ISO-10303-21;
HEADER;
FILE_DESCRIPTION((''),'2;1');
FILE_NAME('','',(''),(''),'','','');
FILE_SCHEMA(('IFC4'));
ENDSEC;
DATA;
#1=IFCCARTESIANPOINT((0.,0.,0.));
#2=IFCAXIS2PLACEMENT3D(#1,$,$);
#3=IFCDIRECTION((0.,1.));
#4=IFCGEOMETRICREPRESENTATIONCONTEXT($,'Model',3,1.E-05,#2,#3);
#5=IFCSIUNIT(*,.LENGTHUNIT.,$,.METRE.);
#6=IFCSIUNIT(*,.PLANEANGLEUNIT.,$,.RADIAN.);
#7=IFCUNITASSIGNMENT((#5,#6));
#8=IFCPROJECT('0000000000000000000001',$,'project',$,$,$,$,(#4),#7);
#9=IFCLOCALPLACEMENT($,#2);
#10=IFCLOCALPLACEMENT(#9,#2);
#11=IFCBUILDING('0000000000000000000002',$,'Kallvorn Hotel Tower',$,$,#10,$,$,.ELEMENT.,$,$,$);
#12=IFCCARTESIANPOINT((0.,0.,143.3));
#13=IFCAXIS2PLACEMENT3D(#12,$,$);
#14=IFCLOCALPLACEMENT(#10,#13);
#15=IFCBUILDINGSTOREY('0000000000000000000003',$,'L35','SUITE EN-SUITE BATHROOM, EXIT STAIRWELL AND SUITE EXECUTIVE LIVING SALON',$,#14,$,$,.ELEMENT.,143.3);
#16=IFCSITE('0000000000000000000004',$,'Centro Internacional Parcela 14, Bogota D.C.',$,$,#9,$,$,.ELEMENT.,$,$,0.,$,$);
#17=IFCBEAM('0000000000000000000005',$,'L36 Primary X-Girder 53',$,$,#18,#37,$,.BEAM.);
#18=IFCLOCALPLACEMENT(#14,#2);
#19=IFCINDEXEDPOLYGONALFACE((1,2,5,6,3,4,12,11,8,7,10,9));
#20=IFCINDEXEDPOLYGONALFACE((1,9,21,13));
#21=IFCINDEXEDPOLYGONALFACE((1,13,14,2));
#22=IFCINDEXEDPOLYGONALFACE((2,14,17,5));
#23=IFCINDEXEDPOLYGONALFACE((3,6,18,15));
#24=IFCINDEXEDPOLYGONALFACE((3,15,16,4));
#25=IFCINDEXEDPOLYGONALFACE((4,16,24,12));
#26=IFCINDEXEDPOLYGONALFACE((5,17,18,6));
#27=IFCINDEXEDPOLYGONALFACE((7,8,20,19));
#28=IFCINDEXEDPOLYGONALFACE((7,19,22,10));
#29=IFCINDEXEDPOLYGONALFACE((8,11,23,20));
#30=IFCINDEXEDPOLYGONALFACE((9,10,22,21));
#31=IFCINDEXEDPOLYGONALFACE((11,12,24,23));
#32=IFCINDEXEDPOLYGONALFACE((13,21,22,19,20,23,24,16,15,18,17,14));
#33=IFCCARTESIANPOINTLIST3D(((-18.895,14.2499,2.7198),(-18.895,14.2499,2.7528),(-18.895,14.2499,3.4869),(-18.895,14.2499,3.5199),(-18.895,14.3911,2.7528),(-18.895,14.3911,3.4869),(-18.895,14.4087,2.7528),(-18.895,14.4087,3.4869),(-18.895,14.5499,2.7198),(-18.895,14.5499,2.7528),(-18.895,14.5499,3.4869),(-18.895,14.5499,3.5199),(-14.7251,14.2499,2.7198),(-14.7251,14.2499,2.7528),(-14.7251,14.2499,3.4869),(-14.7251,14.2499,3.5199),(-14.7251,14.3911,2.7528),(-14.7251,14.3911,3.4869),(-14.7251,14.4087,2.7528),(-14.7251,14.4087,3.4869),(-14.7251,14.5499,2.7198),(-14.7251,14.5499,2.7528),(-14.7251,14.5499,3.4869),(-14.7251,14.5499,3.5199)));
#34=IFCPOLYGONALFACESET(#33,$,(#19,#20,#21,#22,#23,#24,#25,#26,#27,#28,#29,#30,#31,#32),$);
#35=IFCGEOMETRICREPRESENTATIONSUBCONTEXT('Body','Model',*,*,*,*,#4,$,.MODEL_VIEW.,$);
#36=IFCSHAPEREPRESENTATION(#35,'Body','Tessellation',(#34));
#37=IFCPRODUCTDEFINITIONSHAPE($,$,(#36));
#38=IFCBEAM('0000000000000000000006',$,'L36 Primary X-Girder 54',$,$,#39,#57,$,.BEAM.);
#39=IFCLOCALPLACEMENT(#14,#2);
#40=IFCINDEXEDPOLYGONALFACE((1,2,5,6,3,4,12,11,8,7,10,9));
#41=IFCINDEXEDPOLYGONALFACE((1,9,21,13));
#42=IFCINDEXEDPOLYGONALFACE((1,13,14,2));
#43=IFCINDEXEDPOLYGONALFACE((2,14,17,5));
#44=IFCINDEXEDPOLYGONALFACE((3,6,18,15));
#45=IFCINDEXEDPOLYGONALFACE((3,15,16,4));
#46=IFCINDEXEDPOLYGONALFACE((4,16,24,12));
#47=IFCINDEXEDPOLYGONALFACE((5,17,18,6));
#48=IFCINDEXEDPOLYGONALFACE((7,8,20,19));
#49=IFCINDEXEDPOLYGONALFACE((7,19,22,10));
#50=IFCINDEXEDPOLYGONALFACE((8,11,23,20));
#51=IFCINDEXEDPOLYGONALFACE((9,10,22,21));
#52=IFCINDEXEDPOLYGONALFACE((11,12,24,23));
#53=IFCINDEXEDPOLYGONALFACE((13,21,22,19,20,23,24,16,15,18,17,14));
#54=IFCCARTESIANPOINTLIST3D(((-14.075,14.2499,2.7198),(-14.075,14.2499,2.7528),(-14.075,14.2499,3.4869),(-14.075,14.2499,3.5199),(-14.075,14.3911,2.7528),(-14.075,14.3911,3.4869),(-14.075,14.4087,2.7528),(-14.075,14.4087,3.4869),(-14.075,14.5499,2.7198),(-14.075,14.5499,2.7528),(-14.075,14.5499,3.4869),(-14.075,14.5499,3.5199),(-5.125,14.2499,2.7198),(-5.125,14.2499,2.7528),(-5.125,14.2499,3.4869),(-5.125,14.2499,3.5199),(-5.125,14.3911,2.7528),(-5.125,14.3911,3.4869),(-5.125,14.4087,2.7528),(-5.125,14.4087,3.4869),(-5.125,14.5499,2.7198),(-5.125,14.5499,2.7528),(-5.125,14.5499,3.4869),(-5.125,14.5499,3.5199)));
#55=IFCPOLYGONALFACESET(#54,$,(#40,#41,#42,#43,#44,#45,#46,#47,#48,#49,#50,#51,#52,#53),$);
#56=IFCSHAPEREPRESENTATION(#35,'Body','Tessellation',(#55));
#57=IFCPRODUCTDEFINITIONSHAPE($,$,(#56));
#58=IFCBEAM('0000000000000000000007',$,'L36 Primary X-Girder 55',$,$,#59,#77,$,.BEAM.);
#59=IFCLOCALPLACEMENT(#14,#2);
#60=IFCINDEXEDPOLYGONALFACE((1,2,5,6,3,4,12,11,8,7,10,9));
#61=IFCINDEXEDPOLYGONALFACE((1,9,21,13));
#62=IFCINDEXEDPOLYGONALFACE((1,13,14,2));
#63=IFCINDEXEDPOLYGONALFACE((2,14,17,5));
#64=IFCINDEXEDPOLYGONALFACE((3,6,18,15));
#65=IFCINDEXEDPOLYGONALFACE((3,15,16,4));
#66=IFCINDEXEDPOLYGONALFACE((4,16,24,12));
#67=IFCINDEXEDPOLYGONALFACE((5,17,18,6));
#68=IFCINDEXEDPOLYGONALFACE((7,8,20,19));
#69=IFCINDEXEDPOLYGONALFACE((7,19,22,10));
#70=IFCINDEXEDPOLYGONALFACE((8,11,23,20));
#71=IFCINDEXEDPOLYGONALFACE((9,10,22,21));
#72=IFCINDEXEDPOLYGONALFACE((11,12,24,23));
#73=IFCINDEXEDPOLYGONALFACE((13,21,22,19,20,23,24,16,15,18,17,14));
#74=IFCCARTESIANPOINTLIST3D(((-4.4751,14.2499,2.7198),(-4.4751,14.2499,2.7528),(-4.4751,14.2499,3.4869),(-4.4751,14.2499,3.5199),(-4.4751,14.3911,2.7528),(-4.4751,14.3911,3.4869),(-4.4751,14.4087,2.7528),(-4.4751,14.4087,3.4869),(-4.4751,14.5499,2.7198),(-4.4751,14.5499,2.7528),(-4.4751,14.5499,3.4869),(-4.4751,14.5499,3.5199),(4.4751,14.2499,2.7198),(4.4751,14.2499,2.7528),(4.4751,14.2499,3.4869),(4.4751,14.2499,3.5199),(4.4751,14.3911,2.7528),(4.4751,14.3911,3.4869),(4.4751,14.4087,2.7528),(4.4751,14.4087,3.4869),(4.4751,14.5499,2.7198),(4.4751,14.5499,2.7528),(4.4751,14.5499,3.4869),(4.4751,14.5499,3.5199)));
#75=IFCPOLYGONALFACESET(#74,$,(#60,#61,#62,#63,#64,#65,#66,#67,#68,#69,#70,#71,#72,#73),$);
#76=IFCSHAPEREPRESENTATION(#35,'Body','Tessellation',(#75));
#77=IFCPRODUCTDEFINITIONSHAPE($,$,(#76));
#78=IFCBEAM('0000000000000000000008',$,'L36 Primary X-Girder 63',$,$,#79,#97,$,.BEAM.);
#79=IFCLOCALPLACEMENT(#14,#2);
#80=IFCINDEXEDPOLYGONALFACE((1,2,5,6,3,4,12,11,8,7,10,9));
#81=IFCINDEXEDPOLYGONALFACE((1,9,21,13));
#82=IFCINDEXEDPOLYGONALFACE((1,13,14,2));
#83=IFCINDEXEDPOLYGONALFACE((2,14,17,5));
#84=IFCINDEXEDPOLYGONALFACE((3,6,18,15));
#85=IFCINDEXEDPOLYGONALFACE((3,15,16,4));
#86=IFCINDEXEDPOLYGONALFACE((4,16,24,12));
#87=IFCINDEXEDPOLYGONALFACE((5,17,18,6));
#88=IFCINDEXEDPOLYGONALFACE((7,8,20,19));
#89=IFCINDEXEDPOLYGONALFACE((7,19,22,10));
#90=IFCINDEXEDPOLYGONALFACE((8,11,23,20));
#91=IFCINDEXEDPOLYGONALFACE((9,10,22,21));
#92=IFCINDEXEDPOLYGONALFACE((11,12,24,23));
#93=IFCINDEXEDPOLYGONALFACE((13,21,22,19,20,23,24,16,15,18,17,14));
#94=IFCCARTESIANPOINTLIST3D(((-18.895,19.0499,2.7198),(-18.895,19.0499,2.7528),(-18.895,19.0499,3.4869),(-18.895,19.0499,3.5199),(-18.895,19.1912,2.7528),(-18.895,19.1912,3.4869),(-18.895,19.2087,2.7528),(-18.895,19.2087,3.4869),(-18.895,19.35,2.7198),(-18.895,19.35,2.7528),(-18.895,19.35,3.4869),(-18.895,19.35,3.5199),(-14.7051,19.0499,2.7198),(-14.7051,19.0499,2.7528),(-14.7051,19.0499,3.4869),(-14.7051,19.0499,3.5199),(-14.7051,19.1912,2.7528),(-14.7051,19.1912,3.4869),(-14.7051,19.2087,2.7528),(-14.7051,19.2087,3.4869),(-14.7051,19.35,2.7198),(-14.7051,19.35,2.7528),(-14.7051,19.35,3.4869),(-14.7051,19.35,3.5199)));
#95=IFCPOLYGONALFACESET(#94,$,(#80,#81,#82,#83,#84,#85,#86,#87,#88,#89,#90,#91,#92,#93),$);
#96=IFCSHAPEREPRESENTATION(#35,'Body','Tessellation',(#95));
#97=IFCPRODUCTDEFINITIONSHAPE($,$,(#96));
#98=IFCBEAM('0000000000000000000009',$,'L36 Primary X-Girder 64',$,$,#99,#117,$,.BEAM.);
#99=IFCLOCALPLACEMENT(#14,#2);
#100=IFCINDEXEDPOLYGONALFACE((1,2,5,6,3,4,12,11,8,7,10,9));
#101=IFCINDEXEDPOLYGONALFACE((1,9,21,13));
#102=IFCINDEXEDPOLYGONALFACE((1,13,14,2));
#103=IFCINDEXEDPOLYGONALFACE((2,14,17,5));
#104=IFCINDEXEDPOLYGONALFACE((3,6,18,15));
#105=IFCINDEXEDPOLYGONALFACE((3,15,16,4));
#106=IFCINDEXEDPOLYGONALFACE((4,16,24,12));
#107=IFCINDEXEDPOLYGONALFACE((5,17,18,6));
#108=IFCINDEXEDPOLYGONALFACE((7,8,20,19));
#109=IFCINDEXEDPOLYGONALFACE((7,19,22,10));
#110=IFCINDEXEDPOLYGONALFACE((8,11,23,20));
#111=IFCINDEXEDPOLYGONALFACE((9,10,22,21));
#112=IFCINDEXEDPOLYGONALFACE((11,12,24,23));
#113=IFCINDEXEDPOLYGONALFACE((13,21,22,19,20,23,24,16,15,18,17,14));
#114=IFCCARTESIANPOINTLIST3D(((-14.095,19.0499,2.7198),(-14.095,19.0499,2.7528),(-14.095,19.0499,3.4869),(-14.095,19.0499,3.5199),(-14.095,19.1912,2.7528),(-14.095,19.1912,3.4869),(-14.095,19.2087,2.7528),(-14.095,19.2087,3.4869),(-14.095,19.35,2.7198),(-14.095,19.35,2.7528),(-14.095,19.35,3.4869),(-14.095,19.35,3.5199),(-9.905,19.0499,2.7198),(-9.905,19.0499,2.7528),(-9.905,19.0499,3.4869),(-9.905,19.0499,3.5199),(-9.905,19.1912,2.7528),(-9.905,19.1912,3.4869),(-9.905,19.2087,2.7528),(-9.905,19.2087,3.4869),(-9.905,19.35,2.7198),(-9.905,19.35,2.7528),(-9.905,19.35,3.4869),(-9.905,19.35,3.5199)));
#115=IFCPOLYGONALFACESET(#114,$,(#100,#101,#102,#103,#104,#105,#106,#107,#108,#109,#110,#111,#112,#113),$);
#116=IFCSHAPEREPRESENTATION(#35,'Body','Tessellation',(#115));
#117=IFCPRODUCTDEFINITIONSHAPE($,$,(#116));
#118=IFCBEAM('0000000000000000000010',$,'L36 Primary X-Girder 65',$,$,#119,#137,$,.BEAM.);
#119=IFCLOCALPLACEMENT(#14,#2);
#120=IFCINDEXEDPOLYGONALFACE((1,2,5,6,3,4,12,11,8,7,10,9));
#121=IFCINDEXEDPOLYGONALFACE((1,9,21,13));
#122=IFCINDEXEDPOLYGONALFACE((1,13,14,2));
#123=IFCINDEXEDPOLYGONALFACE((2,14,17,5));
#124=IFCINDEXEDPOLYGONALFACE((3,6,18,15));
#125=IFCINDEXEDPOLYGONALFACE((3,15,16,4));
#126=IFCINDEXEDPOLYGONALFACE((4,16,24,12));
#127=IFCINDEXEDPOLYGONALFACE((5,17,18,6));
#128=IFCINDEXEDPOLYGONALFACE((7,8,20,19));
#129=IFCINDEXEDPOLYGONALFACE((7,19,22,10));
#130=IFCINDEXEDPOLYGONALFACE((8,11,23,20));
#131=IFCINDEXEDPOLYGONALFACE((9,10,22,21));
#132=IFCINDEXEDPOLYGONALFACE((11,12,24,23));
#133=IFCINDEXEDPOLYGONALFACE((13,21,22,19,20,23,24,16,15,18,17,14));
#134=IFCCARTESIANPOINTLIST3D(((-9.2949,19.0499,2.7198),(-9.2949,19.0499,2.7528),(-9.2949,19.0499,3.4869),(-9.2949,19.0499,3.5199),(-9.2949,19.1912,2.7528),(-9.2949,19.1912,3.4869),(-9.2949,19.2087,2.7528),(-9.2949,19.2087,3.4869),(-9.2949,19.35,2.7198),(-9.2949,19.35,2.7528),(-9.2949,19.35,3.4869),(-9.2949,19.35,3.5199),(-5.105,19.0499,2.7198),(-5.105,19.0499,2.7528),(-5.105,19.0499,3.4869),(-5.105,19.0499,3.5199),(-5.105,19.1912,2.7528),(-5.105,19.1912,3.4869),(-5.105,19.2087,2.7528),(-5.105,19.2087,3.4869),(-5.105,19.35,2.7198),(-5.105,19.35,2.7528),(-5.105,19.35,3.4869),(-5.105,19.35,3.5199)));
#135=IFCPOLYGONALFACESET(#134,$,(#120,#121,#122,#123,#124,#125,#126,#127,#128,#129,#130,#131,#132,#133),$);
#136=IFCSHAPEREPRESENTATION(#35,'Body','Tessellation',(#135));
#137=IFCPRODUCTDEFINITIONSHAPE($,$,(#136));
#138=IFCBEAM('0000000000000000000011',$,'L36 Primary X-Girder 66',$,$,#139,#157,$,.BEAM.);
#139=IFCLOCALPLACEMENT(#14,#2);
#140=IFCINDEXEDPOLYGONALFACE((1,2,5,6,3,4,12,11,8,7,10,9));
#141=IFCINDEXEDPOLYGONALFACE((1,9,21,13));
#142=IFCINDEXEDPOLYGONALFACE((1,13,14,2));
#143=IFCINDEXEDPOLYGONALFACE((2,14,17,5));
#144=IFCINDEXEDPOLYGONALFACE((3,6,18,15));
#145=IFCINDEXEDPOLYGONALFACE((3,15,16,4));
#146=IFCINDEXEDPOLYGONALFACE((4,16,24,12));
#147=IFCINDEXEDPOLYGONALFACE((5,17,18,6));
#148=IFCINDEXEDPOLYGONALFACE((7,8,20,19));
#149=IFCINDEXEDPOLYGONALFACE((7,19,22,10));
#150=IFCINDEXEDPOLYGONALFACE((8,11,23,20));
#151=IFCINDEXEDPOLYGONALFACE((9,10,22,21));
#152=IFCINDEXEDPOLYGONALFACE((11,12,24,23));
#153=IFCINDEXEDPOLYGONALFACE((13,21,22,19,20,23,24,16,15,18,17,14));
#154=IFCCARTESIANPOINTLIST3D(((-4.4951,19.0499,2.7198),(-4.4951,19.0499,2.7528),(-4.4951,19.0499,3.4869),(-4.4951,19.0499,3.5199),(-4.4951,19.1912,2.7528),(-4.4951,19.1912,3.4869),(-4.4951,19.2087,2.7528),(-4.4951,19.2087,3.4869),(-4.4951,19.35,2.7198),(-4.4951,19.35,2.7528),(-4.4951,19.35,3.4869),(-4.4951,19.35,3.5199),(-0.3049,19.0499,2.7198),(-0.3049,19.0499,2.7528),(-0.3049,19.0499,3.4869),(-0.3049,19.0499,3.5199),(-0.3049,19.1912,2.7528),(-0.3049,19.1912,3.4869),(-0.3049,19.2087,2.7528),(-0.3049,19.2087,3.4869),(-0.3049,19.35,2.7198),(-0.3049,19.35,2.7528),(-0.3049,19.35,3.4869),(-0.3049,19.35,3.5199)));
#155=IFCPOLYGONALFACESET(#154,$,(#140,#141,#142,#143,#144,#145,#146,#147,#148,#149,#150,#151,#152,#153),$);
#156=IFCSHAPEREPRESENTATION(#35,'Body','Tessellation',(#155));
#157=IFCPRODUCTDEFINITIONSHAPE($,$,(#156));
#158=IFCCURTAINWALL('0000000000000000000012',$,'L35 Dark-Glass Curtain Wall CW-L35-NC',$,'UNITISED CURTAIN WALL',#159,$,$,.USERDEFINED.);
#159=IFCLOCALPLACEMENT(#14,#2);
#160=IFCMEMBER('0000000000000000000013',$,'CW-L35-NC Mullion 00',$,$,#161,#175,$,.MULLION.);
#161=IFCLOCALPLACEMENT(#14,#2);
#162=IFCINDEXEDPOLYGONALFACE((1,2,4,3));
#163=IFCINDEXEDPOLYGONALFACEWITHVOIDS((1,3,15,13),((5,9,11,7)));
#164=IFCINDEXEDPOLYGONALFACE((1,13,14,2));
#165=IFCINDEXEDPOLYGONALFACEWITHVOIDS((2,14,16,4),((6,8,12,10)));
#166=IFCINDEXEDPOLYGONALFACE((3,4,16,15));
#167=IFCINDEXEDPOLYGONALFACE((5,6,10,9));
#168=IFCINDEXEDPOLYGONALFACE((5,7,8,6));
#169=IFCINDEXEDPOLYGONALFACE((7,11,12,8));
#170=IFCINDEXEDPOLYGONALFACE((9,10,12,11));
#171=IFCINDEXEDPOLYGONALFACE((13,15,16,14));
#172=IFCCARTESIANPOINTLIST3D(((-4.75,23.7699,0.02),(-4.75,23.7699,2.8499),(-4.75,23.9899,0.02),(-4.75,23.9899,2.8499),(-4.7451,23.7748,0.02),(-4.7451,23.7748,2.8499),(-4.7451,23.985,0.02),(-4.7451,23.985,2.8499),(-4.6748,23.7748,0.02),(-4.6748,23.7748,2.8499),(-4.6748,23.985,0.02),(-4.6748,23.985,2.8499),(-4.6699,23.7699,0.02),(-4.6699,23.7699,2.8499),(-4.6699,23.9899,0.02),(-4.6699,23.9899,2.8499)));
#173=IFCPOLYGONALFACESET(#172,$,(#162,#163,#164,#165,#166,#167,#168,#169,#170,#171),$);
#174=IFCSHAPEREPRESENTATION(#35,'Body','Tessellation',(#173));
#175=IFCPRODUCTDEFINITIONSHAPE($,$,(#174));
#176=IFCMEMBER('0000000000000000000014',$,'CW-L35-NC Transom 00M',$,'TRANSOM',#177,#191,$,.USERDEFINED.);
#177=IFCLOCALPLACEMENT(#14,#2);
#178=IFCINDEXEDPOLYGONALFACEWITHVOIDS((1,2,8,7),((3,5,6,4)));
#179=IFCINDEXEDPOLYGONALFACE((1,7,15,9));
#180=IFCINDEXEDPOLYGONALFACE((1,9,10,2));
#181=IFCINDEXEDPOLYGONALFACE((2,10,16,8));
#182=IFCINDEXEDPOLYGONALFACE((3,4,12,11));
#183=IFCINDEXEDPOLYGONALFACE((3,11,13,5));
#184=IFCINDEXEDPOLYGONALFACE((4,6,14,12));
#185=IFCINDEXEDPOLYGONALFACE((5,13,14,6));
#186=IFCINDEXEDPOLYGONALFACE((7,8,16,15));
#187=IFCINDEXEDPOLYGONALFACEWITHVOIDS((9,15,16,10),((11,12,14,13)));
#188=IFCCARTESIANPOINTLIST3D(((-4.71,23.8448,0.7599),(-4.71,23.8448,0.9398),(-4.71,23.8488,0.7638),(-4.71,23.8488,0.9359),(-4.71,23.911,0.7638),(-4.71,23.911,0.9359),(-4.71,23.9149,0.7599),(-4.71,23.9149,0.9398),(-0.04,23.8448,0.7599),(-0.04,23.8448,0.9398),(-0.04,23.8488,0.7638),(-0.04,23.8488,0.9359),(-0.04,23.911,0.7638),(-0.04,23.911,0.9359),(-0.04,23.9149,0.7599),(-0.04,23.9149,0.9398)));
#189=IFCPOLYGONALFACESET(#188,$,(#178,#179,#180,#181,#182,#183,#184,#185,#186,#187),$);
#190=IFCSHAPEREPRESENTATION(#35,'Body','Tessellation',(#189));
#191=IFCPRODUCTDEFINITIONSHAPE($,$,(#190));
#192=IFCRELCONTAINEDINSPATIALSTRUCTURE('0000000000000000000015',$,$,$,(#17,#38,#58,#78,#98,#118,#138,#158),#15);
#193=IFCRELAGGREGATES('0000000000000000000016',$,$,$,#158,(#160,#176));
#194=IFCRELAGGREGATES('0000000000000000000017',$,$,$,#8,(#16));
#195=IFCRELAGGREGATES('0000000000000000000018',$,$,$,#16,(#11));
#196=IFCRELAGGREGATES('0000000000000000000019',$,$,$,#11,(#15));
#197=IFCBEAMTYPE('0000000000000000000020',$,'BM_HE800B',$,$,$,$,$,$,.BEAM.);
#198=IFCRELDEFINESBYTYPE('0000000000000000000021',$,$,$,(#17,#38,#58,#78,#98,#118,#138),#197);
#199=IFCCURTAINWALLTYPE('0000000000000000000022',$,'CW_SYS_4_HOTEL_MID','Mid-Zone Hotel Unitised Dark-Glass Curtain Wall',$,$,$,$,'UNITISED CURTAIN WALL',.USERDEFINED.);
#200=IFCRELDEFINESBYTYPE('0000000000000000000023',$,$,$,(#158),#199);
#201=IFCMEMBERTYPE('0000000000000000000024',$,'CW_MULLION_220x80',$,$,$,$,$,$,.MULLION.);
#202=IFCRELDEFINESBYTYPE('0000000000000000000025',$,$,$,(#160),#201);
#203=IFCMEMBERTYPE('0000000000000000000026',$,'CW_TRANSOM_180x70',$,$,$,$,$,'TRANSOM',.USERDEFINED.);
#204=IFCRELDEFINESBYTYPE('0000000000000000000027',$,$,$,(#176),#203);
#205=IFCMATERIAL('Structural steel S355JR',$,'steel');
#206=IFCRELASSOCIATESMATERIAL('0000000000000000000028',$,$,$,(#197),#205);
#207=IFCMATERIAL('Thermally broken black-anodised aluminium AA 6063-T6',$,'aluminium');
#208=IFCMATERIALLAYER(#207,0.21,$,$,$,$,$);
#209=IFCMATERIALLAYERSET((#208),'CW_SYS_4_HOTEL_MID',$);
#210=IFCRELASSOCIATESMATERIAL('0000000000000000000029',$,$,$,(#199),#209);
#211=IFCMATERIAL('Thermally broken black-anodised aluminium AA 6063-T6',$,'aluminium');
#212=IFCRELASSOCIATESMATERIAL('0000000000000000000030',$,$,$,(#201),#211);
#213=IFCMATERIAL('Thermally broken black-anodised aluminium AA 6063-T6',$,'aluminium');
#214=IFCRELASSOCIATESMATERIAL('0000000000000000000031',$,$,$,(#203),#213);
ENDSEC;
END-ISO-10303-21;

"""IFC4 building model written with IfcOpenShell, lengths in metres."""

from ifc_helpers import new_model, si_unit, direction, frame, origin, origin_2d, place, context, subcontext, project, spatial, hollow_rectangle, i_section, extrude, material, layer, layer_set, material_profile, profile_set, type_object, element, aggregate, save


model = new_model("IFC4")

# Units and contexts
model_context = context("Model", 3, precision=1e-05, world=origin(), true_north=direction((0.0, 1.0)))
body_context = subcontext(model_context, "Body", "Model", "MODEL_VIEW")
ifc_project = project(units=[si_unit("LENGTHUNIT", "METRE"), si_unit("PLANEANGLEUNIT", "RADIAN")], contexts=[model_context])

# Site, building, storey
site_placement = place(None, origin())
site = spatial("IfcSite", under=ifc_project, at=site_placement, Name="Centro Internacional Parcela 14, Bogota D.C.", CompositionType="ELEMENT", RefElevation=0.0)
building_placement = place(site_placement, origin())
building = spatial("IfcBuilding", under=site, at=building_placement, Name="Kallvorn Hotel Tower", CompositionType="ELEMENT")
storey_placement = place(building_placement, frame((0.0, 0.0, 143.3)))
storey = spatial("IfcBuildingStorey", under=building, at=storey_placement, Name="L35", Description="SUITE EN-SUITE BATHROOM, EXIT STAIRWELL AND SUITE EXECUTIVE LIVING SALON", CompositionType="ELEMENT", Elevation=143.3)

# Beams
ifc_material_1 = material(Name="Structural steel S355JR", Category="steel")
ifc_material_profile_1 = material_profile(ifc_material_1, i_section(OverallWidth=0.3, OverallDepth=0.8, WebThickness=0.0176, FlangeThickness=0.033, at=origin_2d()), Name="HE 800 B")
ifc_profile_set_1 = profile_set([ifc_material_profile_1], Name="Structural steel S355JR")
beam_type_1 = type_object("IfcBeamType", Name="BM_HE800B", PredefinedType="BEAM", material=ifc_profile_set_1)
beam_1_placement = place(storey_placement, frame((-18.895, 14.3999, 3.1199), z_axis=(1.0, 0.0, 0.0), x_axis=(0.0, 1.0, 0.0)))
element("IfcBeam", 1, at=beam_1_placement, inside=storey, type_object=beam_type_1, Name="L36 Primary X-Girder 53", PredefinedType="BEAM", context=body_context, shape_type="SweptSolid", body=[
    extrude(i_section(OverallWidth=0.3, OverallDepth=0.8, WebThickness=0.0176, FlangeThickness=0.033, at=origin_2d()), origin(), (0.0, 0.0, 1.0), 4.1699),
])
beam_2_placement = place(storey_placement, frame((-14.075, 14.3999, 3.1199), z_axis=(1.0, 0.0, 0.0), x_axis=(0.0, 1.0, 0.0)))
element("IfcBeam", 2, at=beam_2_placement, inside=storey, type_object=beam_type_1, Name="L36 Primary X-Girder 54", PredefinedType="BEAM", context=body_context, shape_type="SweptSolid", body=[
    extrude(i_section(OverallWidth=0.3, OverallDepth=0.8, WebThickness=0.0176, FlangeThickness=0.033, at=origin_2d()), origin(), (0.0, 0.0, 1.0), 8.95),
])
beam_3_placement = place(storey_placement, frame((-4.4751, 14.3999, 3.1199), z_axis=(1.0, 0.0, 0.0), x_axis=(0.0, 1.0, 0.0)))
element("IfcBeam", 3, at=beam_3_placement, inside=storey, type_object=beam_type_1, Name="L36 Primary X-Girder 55", PredefinedType="BEAM", context=body_context, shape_type="SweptSolid", body=[
    extrude(i_section(OverallWidth=0.3, OverallDepth=0.8, WebThickness=0.0176, FlangeThickness=0.033, at=origin_2d()), origin(), (0.0, 0.0, 1.0), 8.9502),
])
for number, where, z_axis, x_axis, name in (
    (4, (-18.895, 19.2, 3.1199), (1.0, 0.0, 0.0), (0.0, 1.0, 0.0), "L36 Primary X-Girder 63"),
    (5, (-14.095, 19.2, 3.1199), (1.0, 0.0, 0.0), (0.0, 1.0, 0.0), "L36 Primary X-Girder 64"),
    (6, (-9.2949, 19.2, 3.1199), (1.0, 0.0, 0.0), (0.0, 1.0, 0.0), "L36 Primary X-Girder 65"),
):
    element("IfcBeam", number, at=place(storey_placement, frame(where, z_axis=z_axis, x_axis=x_axis)), inside=storey, type_object=beam_type_1, Name=name, PredefinedType="BEAM", context=body_context, shape_type="SweptSolid", body=[
        extrude(i_section(OverallWidth=0.3, OverallDepth=0.8, WebThickness=0.0176, FlangeThickness=0.033, at=origin_2d()), origin(), (0.0, 0.0, 1.0), 4.1899),
    ])
beam_4_placement = place(storey_placement, frame((-4.4951, 19.2, 3.1199), z_axis=(1.0, 0.0, 0.0), x_axis=(0.0, 1.0, 0.0)))
element("IfcBeam", 7, at=beam_4_placement, inside=storey, type_object=beam_type_1, Name="L36 Primary X-Girder 66", PredefinedType="BEAM", context=body_context, shape_type="SweptSolid", body=[
    extrude(i_section(OverallWidth=0.3, OverallDepth=0.8, WebThickness=0.0176, FlangeThickness=0.033, at=origin_2d()), origin(), (0.0, 0.0, 1.0), 4.1902),
])

# Curtain wall, members
ifc_material_2 = material(Name="Thermally broken black-anodised aluminium AA 6063-T6", Category="aluminium")
ifc_layer = layer(ifc_material_2, 0.21)
ifc_layer_set = layer_set([ifc_layer], Name="CW_SYS_4_HOTEL_MID")
curtain_wall_type = type_object("IfcCurtainWallType", Name="CW_SYS_4_HOTEL_MID", Description="Mid-Zone Hotel Unitised Dark-Glass Curtain Wall", ElementType="UNITISED CURTAIN WALL", PredefinedType="USERDEFINED", material=ifc_layer_set)
curtain_wall_placement = place(storey_placement, origin())
curtain_wall = element("IfcCurtainWall", 8, at=curtain_wall_placement, inside=storey, type_object=curtain_wall_type, Name="L35 Dark-Glass Curtain Wall CW-L35-NC", ObjectType="UNITISED CURTAIN WALL", PredefinedType="USERDEFINED")
ifc_material_3 = material(Name="Thermally broken black-anodised aluminium AA 6063-T6", Category="aluminium")
ifc_material_profile_2 = material_profile(ifc_material_3, hollow_rectangle(XDim=0.0801, YDim=0.22, WallThickness=0.0049, at=origin_2d()), Name="MUL 220x80")
ifc_profile_set_2 = profile_set([ifc_material_profile_2], Name="Thermally broken black-anodised aluminium AA 6063-T6")
member_type_1 = type_object("IfcMemberType", Name="CW_MULLION_220x80", PredefinedType="MULLION", material=ifc_profile_set_2)
member_1_placement = place(storey_placement, frame((-4.71, 23.8799, 0.02), z_axis=(0.0, 0.0, 1.0), x_axis=(1.0, 0.0, 0.0)))
member_1 = element("IfcMember", 9, at=member_1_placement, type_object=member_type_1, Name="CW-L35-NC Mullion 00", PredefinedType="MULLION", context=body_context, shape_type="SweptSolid", body=[
    extrude(hollow_rectangle(XDim=0.0801, YDim=0.22, WallThickness=0.0049, at=origin_2d()), origin(), (0.0, 0.0, 1.0), 2.8298),
])
ifc_material_4 = material(Name="Thermally broken black-anodised aluminium AA 6063-T6", Category="aluminium")
ifc_material_profile_3 = material_profile(ifc_material_4, hollow_rectangle(XDim=0.0701, YDim=0.1799, WallThickness=0.0039, at=origin_2d()), Name="TRN 180x70")
ifc_profile_set_3 = profile_set([ifc_material_profile_3], Name="Thermally broken black-anodised aluminium AA 6063-T6")
member_type_2 = type_object("IfcMemberType", Name="CW_TRANSOM_180x70", ElementType="TRANSOM", PredefinedType="USERDEFINED", material=ifc_profile_set_3)
member_2_placement = place(storey_placement, frame((-4.71, 23.8799, 0.8499), z_axis=(1.0, 0.0, 0.0), x_axis=(0.0, 1.0, 0.0)))
member_2 = element("IfcMember", 10, at=member_2_placement, type_object=member_type_2, Name="CW-L35-NC Transom 00M", ObjectType="TRANSOM", PredefinedType="USERDEFINED", context=body_context, shape_type="SweptSolid", body=[
    extrude(hollow_rectangle(XDim=0.0701, YDim=0.1799, WallThickness=0.0039, at=origin_2d()), origin(), (0.0, 0.0, 1.0), 4.6699),
])
aggregate(curtain_wall, [member_1, member_2])

save(model, "model.ifc")
